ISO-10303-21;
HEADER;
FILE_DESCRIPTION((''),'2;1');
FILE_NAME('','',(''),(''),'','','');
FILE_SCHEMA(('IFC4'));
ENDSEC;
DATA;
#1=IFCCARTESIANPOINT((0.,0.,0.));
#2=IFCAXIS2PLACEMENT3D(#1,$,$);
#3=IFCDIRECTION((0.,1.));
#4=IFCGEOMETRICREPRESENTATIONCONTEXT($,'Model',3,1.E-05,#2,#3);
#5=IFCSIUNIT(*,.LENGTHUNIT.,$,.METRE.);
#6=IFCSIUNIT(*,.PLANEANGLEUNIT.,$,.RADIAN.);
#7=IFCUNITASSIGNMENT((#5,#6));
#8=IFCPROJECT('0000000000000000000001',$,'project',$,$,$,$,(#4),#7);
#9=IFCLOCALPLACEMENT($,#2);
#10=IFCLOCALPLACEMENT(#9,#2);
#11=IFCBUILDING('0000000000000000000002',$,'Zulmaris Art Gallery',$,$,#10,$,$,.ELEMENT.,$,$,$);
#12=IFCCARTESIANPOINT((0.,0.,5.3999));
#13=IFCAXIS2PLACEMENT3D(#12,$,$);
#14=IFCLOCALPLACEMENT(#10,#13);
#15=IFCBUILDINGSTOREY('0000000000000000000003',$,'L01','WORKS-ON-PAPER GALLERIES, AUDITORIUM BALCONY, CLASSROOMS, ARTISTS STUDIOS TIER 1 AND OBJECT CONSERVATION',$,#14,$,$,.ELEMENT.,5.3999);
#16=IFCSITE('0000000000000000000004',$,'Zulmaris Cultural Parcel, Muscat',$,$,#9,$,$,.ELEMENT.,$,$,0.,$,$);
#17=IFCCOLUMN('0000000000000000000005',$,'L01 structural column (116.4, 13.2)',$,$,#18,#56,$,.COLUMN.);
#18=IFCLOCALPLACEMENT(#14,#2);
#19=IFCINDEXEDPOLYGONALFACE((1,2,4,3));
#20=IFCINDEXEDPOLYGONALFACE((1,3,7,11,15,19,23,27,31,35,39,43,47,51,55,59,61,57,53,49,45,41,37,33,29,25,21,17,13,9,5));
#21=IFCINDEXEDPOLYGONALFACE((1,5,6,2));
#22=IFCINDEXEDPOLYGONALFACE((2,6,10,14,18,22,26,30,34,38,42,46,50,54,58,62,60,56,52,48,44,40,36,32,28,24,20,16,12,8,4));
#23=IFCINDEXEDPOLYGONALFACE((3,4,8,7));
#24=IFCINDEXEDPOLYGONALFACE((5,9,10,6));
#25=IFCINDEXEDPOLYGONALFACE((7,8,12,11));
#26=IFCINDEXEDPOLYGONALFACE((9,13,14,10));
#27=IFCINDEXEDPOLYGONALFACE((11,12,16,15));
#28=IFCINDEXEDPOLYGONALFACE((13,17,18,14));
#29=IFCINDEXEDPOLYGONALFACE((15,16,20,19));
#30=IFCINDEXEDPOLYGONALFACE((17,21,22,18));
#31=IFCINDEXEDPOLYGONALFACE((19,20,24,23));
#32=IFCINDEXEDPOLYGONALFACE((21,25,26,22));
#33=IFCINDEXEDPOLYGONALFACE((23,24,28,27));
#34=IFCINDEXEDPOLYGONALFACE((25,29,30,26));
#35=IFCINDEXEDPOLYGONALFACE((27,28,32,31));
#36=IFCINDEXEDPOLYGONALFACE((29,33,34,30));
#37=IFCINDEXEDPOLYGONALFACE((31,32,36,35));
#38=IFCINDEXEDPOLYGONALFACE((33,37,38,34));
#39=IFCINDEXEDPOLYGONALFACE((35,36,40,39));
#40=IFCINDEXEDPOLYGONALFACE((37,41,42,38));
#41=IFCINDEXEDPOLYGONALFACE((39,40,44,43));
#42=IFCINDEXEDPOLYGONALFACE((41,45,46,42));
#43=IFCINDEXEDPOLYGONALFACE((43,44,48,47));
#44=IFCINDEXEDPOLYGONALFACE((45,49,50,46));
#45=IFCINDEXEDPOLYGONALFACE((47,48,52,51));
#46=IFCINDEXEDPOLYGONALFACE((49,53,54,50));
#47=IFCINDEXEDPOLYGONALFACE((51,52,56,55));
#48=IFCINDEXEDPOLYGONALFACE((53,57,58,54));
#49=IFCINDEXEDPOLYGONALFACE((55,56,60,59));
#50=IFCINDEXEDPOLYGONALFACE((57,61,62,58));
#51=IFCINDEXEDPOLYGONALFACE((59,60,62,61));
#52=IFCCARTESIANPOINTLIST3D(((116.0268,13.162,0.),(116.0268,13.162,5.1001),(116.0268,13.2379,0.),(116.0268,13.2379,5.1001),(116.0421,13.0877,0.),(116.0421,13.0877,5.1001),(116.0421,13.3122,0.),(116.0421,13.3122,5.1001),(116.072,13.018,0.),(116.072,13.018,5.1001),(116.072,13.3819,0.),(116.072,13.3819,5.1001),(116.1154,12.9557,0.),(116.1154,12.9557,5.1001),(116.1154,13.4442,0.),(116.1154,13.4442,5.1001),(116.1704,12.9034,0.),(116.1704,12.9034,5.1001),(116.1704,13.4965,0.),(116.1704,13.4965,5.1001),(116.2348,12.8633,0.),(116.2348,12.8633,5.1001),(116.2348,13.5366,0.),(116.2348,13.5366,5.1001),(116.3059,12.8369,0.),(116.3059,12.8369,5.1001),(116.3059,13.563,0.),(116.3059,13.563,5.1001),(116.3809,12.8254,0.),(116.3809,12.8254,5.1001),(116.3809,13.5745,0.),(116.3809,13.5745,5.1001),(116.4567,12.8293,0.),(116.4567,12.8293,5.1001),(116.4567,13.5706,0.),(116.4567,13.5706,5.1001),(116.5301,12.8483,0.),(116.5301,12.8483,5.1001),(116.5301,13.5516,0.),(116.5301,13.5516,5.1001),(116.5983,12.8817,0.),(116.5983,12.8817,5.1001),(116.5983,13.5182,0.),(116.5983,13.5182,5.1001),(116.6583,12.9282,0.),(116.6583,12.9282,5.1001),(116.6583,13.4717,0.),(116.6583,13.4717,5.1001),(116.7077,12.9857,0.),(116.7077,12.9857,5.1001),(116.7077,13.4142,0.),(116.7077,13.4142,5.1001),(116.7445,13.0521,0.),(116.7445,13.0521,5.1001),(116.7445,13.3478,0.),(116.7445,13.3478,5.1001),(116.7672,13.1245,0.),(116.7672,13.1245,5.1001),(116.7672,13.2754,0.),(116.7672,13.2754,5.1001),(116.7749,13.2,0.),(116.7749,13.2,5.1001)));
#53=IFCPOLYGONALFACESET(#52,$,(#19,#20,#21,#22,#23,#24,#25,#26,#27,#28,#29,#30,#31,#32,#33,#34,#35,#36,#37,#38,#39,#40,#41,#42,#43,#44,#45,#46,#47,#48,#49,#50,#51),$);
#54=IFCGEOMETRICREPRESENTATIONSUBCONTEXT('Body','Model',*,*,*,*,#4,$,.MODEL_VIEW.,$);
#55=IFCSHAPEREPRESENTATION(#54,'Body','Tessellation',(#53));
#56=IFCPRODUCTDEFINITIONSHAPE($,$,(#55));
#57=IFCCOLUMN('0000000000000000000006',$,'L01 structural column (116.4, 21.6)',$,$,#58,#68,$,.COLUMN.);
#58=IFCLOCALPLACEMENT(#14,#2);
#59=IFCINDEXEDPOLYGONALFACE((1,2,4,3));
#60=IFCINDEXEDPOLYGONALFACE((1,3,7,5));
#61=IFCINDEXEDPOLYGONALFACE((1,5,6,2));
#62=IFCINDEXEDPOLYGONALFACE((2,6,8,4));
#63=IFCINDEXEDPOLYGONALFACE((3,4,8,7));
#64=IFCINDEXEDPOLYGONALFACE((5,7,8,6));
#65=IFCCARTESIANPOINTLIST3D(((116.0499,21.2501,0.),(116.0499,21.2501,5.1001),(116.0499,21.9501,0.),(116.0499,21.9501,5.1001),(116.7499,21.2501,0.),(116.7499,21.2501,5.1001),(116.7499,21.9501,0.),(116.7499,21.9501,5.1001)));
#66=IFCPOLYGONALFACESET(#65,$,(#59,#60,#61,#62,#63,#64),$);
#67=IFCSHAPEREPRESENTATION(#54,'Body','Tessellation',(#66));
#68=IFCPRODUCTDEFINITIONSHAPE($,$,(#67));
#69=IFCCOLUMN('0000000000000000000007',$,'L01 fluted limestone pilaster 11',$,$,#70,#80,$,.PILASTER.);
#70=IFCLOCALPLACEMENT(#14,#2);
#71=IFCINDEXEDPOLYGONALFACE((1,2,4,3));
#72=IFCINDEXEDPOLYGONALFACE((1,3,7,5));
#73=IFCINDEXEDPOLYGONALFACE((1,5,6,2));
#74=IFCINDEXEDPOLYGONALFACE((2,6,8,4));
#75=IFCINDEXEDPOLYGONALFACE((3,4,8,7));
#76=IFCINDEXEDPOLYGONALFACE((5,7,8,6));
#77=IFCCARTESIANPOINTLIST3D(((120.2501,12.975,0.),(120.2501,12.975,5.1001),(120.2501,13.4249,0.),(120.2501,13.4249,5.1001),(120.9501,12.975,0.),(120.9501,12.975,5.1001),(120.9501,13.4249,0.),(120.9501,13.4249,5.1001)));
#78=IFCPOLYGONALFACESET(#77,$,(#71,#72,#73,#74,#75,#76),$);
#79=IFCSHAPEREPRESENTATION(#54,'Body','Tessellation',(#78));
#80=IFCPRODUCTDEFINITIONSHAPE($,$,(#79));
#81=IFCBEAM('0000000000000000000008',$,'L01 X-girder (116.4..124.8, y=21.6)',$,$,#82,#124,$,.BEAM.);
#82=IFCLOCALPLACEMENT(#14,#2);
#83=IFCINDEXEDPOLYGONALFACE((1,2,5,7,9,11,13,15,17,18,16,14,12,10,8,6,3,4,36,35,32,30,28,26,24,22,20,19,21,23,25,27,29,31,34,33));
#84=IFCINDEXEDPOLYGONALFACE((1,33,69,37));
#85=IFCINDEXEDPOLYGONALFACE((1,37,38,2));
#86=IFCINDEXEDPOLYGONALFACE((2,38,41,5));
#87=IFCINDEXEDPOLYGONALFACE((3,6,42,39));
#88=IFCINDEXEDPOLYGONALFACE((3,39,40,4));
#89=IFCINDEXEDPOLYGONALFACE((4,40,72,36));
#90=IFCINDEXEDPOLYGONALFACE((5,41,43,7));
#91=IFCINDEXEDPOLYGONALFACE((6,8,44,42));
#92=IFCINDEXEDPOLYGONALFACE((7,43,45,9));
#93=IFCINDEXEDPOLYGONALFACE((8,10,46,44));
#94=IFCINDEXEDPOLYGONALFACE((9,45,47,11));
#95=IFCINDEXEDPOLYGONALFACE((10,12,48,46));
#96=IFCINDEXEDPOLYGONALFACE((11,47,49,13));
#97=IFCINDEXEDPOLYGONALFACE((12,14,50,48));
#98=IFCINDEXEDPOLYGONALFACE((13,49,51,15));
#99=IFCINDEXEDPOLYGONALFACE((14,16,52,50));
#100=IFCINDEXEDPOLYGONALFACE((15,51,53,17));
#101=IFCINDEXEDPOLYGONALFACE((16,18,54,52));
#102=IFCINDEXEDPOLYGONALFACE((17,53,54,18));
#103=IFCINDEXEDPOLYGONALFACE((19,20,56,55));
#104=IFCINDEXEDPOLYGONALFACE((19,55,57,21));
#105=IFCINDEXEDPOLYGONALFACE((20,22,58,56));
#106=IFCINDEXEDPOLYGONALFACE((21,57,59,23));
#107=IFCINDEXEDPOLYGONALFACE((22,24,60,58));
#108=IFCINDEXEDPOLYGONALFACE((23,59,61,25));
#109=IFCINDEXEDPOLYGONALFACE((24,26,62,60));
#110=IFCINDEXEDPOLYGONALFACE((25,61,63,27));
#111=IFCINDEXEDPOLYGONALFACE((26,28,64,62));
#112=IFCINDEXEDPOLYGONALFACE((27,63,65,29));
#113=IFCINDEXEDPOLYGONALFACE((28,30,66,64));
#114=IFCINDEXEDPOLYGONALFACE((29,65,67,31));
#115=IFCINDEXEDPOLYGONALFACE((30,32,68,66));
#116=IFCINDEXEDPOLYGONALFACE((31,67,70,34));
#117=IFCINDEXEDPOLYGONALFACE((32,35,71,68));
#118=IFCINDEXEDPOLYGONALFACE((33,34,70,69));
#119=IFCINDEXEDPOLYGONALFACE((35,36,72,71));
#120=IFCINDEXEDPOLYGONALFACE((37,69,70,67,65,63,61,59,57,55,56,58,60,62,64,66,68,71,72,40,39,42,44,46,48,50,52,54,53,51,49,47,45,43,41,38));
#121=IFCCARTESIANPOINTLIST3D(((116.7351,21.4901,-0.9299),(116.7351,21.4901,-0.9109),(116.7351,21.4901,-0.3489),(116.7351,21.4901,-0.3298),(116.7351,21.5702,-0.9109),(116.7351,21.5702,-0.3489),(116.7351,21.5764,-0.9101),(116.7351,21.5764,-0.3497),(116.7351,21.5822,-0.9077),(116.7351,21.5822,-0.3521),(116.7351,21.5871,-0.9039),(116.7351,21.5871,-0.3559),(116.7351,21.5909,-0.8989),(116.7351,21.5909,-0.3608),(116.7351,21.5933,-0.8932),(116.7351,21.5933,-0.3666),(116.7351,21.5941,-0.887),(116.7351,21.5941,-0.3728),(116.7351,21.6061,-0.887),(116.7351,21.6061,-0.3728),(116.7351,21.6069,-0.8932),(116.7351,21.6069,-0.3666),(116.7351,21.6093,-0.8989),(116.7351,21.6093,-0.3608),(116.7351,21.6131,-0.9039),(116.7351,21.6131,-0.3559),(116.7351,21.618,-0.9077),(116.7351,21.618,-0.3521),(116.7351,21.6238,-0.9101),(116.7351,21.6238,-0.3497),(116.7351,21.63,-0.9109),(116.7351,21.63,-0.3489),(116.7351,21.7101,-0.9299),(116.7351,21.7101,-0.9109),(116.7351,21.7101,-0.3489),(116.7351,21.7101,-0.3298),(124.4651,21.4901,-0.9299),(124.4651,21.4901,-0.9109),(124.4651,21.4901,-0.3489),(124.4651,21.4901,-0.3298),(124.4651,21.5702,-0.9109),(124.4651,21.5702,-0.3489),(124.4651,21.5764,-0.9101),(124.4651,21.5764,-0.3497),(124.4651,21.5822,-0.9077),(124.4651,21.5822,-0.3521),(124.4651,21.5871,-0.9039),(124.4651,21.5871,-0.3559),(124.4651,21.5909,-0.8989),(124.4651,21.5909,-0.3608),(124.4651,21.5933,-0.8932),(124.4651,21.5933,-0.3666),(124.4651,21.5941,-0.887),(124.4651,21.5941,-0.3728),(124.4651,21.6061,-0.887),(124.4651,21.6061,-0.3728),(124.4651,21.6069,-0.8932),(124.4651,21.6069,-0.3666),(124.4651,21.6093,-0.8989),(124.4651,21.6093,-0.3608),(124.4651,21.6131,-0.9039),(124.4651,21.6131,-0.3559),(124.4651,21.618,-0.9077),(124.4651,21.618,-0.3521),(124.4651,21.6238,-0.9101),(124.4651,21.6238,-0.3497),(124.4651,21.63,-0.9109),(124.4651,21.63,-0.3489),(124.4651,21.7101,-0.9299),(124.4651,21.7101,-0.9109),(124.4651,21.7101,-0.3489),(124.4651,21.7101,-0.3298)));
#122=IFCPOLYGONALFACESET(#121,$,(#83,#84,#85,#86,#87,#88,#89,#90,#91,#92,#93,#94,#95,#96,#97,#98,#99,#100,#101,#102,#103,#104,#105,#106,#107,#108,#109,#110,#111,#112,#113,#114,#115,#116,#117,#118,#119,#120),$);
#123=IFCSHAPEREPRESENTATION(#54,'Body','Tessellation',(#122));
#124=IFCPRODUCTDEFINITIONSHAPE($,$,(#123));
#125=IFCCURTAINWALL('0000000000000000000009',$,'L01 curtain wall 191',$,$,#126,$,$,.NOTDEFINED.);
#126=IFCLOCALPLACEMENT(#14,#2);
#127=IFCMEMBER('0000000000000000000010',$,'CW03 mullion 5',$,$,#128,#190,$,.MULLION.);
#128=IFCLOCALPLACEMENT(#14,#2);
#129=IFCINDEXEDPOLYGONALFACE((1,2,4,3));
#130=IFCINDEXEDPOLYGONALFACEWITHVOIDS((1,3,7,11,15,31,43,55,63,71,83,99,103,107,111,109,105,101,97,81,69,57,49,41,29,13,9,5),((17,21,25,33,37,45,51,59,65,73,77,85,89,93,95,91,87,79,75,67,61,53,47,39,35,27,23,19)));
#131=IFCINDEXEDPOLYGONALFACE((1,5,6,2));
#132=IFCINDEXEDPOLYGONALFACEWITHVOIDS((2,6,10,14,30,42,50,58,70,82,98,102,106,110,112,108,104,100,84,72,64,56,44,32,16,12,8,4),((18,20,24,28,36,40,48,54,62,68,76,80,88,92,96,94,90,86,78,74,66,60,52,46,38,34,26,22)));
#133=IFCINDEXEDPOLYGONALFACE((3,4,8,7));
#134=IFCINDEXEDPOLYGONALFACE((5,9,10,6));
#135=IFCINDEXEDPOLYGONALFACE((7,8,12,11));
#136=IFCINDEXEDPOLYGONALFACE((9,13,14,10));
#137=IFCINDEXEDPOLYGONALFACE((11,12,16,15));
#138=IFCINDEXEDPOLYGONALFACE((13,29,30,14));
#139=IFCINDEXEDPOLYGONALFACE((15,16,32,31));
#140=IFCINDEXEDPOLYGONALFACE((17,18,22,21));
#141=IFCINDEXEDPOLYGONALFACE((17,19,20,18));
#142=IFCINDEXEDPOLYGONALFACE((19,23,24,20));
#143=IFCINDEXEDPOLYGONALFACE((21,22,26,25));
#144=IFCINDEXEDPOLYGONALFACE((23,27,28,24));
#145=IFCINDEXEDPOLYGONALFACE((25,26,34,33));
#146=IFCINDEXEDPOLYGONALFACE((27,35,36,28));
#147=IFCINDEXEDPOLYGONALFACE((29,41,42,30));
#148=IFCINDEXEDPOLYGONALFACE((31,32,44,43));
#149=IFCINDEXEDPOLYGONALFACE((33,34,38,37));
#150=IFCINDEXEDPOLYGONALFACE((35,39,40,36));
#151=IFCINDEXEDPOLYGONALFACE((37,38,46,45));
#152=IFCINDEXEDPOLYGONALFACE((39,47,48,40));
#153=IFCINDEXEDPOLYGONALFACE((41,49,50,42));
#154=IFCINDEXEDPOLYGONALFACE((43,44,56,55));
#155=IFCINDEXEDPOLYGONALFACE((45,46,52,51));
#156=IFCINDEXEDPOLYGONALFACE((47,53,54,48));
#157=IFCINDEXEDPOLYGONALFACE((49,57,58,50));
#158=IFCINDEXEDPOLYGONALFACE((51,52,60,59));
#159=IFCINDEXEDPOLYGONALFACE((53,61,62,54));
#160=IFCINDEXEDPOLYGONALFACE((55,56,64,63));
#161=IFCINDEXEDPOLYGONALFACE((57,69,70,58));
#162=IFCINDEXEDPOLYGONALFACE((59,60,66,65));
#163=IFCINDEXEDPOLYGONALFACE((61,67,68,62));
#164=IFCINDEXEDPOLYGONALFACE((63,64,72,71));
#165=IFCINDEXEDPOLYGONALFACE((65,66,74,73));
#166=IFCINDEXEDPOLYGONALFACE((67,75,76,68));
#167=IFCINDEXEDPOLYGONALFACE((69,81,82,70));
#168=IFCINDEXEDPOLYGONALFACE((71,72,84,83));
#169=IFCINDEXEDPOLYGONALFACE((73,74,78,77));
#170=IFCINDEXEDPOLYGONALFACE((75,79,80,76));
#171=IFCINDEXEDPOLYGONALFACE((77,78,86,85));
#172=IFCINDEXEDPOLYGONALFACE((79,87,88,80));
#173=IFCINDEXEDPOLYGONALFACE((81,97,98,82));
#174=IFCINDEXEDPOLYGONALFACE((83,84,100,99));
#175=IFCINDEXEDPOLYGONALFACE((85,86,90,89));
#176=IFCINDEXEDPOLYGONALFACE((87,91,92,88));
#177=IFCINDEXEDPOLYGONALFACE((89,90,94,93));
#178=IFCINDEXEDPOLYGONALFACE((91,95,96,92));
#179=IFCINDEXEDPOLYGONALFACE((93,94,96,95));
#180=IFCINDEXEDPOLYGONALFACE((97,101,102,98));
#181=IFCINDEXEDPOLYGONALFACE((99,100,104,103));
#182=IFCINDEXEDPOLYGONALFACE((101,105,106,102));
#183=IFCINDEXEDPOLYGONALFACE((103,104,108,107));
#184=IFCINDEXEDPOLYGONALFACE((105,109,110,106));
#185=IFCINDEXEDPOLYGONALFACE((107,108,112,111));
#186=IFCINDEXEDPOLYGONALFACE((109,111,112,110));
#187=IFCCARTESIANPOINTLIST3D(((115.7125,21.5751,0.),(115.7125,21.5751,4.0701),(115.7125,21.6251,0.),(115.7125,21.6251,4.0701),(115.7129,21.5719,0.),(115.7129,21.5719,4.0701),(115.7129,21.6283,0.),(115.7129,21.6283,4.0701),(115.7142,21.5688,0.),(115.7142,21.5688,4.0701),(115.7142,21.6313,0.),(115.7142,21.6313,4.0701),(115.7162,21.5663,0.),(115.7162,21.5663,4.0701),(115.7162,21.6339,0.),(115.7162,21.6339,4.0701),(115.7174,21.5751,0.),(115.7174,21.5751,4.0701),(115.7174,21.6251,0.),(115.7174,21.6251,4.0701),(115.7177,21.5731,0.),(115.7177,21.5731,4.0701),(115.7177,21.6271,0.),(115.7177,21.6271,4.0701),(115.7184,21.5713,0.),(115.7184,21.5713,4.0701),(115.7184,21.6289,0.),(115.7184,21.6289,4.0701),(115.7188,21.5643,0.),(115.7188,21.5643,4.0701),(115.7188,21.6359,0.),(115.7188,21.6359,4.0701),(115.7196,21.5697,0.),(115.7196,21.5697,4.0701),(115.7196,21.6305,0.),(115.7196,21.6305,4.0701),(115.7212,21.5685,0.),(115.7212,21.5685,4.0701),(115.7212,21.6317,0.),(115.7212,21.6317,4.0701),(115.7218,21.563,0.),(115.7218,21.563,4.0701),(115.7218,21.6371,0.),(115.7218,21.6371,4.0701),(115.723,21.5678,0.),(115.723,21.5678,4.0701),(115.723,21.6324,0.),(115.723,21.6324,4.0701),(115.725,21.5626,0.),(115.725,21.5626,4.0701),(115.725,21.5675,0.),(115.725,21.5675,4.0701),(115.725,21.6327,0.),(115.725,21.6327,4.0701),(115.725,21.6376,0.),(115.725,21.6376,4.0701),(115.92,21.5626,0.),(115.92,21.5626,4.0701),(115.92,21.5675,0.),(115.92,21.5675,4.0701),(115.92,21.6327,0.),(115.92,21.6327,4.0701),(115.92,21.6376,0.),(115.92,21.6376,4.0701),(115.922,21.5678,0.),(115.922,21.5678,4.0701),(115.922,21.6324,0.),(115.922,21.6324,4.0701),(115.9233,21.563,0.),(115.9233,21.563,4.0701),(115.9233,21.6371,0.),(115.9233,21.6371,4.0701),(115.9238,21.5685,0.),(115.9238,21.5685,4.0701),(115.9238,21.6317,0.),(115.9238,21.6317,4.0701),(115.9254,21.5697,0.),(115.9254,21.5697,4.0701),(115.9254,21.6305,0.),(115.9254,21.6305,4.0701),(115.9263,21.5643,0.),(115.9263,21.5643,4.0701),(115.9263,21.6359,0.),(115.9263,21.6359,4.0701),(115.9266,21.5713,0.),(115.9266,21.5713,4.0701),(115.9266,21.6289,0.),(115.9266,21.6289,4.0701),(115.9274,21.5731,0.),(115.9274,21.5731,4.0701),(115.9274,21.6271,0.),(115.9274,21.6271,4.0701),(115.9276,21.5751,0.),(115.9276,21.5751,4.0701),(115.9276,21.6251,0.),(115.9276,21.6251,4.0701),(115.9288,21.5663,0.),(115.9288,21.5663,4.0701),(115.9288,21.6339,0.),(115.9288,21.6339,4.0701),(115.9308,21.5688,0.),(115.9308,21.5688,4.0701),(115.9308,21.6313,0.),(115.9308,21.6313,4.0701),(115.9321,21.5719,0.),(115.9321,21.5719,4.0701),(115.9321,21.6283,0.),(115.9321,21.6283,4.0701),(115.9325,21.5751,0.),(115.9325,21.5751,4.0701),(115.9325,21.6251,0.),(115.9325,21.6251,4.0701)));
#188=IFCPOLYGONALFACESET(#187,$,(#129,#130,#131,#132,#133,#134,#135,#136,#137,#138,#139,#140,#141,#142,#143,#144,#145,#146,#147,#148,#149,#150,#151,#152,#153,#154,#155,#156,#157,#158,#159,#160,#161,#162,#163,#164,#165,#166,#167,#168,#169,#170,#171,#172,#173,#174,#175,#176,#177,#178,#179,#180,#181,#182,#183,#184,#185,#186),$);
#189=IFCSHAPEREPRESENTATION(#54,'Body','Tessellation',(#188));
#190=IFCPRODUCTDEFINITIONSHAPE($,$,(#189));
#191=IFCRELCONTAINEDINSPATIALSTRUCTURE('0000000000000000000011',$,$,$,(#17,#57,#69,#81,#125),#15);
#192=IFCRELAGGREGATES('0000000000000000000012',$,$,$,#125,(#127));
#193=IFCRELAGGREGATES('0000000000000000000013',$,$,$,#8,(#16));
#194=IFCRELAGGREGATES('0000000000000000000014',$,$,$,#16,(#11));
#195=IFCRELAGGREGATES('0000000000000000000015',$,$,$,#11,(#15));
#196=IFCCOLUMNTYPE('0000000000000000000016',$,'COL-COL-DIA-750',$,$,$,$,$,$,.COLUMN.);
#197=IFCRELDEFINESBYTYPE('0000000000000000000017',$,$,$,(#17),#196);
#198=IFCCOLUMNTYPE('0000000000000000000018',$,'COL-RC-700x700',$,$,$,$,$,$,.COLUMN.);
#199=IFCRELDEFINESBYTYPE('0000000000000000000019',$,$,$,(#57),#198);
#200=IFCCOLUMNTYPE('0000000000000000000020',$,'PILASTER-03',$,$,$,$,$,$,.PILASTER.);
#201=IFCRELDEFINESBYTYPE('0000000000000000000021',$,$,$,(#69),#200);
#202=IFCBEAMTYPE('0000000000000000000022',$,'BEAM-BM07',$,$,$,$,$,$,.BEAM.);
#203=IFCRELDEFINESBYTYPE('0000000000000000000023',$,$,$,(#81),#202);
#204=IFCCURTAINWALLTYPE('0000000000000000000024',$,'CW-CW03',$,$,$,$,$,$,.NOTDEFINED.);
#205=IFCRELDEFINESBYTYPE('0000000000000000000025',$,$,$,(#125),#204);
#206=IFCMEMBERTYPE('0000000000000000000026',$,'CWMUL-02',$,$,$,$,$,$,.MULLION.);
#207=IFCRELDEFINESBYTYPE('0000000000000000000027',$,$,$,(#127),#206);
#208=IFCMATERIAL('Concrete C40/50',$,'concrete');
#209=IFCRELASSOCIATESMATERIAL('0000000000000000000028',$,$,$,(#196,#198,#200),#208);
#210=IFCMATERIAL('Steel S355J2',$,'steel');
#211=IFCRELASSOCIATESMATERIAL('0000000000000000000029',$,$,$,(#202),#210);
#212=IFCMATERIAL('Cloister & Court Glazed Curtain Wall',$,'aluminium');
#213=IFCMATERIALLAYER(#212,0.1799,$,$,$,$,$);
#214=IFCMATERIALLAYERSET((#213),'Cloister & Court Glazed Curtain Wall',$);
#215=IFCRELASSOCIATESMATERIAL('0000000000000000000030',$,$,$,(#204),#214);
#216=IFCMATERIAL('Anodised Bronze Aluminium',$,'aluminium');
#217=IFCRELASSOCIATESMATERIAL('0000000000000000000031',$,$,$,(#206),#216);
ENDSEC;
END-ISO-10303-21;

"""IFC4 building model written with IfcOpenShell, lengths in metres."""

from ifc_helpers import new_model, si_unit, direction, frame, origin, origin_2d, place, context, subcontext, project, spatial, rectangle, hollow_rectangle, circle, i_section, extrude, material, layer, layer_set, material_profile, profile_set, type_object, element, aggregate, save


model = new_model("IFC4")

# Units and contexts
model_context = context("Model", 3, precision=1e-05, world=origin(), true_north=direction((0.0, 1.0)))
body_context = subcontext(model_context, "Body", "Model", "MODEL_VIEW")
ifc_project = project(units=[si_unit("LENGTHUNIT", "METRE"), si_unit("PLANEANGLEUNIT", "RADIAN")], contexts=[model_context])

# Site, building, storey
site_placement = place(None, origin())
site = spatial("IfcSite", under=ifc_project, at=site_placement, Name="Zulmaris Cultural Parcel, Muscat", CompositionType="ELEMENT", RefElevation=0.0)
building_placement = place(site_placement, origin())
building = spatial("IfcBuilding", under=site, at=building_placement, Name="Zulmaris Art Gallery", CompositionType="ELEMENT")
storey_placement = place(building_placement, frame((0.0, 0.0, 5.3999)))
storey = spatial("IfcBuildingStorey", under=building, at=storey_placement, Name="L01", Description="WORKS-ON-PAPER GALLERIES, AUDITORIUM BALCONY, CLASSROOMS, ARTISTS STUDIOS TIER 1 AND OBJECT CONSERVATION", CompositionType="ELEMENT", Elevation=5.3999)

# Columns
ifc_material_1 = material(Name="Concrete C40/50", Category="concrete")
ifc_material_profile_1 = material_profile(ifc_material_1, circle(Radius=0.375, at=origin_2d()), Name="COL DIA 750")
ifc_profile_set_1 = profile_set([ifc_material_profile_1], Name="Concrete C40/50")
column_type_1 = type_object("IfcColumnType", Name="COL-COL-DIA-750", PredefinedType="COLUMN", material=ifc_profile_set_1)
column_1_placement = place(storey_placement, frame((116.3999, 13.2, 0.0), z_axis=(0.0, 0.0, 1.0), x_axis=(1.0, 0.0, 0.0)))
element("IfcColumn", 1, at=column_1_placement, inside=storey, type_object=column_type_1, Name="L01 structural column (116.4, 13.2)", PredefinedType="COLUMN", context=body_context, shape_type="SweptSolid", body=[
    extrude(circle(Radius=0.375, at=origin_2d()), origin(), (0.0, 0.0, 1.0), 5.1001),
])
ifc_material_profile_2 = material_profile(ifc_material_1, rectangle(XDim=0.7, YDim=0.7, at=origin_2d()), Name="RC 700x700")
ifc_profile_set_2 = profile_set([ifc_material_profile_2], Name="Concrete C40/50")
column_type_2 = type_object("IfcColumnType", Name="COL-RC-700x700", PredefinedType="COLUMN", material=ifc_profile_set_2)
column_2_placement = place(storey_placement, frame((116.3999, 21.6001, 0.0), z_axis=(0.0, 0.0, 1.0), x_axis=(1.0, 0.0, 0.0)))
element("IfcColumn", 2, at=column_2_placement, inside=storey, type_object=column_type_2, Name="L01 structural column (116.4, 21.6)", PredefinedType="COLUMN", context=body_context, shape_type="SweptSolid", body=[
    extrude(rectangle(XDim=0.7, YDim=0.7, at=origin_2d()), origin(), (0.0, 0.0, 1.0), 5.1001),
])
ifc_material_profile_3 = material_profile(ifc_material_1, rectangle(XDim=0.7, YDim=0.45, at=origin_2d()), Name="PIL 700x450")
ifc_profile_set_3 = profile_set([ifc_material_profile_3], Name="Concrete C40/50")
column_type_3 = type_object("IfcColumnType", Name="PILASTER-03", PredefinedType="PILASTER", material=ifc_profile_set_3)
column_3_placement = place(storey_placement, frame((120.6001, 13.2, 0.0), z_axis=(0.0, 0.0, 1.0), x_axis=(1.0, 0.0, 0.0)))
element("IfcColumn", 3, at=column_3_placement, inside=storey, type_object=column_type_3, Name="L01 fluted limestone pilaster 11", PredefinedType="PILASTER", context=body_context, shape_type="SweptSolid", body=[
    extrude(rectangle(XDim=0.7, YDim=0.45, at=origin_2d()), origin(), (0.0, 0.0, 1.0), 5.1001),
])

# Beam
ifc_material_2 = material(Name="Steel S355J2", Category="steel")
ifc_material_profile_4 = material_profile(ifc_material_2, i_section(OverallWidth=0.22, OverallDepth=0.6001, WebThickness=0.012, FlangeThickness=0.019, FilletRadius=0.0239, at=origin_2d()), Name="IPE 600")
ifc_profile_set_4 = profile_set([ifc_material_profile_4], Name="Steel S355J2")
beam_type = type_object("IfcBeamType", Name="BEAM-BM07", PredefinedType="BEAM", material=ifc_profile_set_4)
beam_placement = place(storey_placement, frame((116.7351, 21.6001, -0.6299), z_axis=(1.0, 0.0, 0.0), x_axis=(0.0, 1.0, 0.0)))
element("IfcBeam", 4, at=beam_placement, inside=storey, type_object=beam_type, Name="L01 X-girder (116.4..124.8, y=21.6)", PredefinedType="BEAM", context=body_context, shape_type="SweptSolid", body=[
    extrude(i_section(OverallWidth=0.22, OverallDepth=0.6001, WebThickness=0.012, FlangeThickness=0.019, FilletRadius=0.0239, at=origin_2d()), origin(), (0.0, 0.0, 1.0), 7.73),
])

# Curtain wall, member
ifc_material_3 = material(Name="Cloister & Court Glazed Curtain Wall", Category="aluminium")
ifc_layer_1 = layer(ifc_material_3, 0.1799)
ifc_layer_set_1 = layer_set([ifc_layer_1], Name="Cloister & Court Glazed Curtain Wall")
curtain_wall_type = type_object("IfcCurtainWallType", Name="CW-CW03", PredefinedType="NOTDEFINED", material=ifc_layer_set_1)
curtain_wall_1_placement = place(storey_placement, origin())
curtain_wall_1 = element("IfcCurtainWall", 5, at=curtain_wall_1_placement, inside=storey, type_object=curtain_wall_type, Name="L01 curtain wall 191", PredefinedType="NOTDEFINED")
ifc_material_4 = material(Name="Anodised Bronze Aluminium", Category="aluminium")
ifc_material_profile_5 = material_profile(ifc_material_4, hollow_rectangle(XDim=0.075, YDim=0.22, WallThickness=0.0049, InnerFilletRadius=0.0076, OuterFilletRadius=0.0125, at=origin_2d()), Name="ALU 75x220x5")
ifc_profile_set_5 = profile_set([ifc_material_profile_5], Name="Anodised Bronze Aluminium")
member_type_1 = type_object("IfcMemberType", Name="CWMUL-02", PredefinedType="MULLION", material=ifc_profile_set_5)
member_1_placement = place(storey_placement, frame((115.8225, 21.6001, 0.0), z_axis=(0.0, 0.0, 1.0), x_axis=(0.0, 1.0, 0.0)))
member_1 = element("IfcMember", 6, at=member_1_placement, type_object=member_type_1, Name="CW03 mullion 5", PredefinedType="MULLION", context=body_context, shape_type="SweptSolid", body=[
    extrude(hollow_rectangle(XDim=0.075, YDim=0.22, WallThickness=0.0049, InnerFilletRadius=0.0076, OuterFilletRadius=0.0125, at=origin_2d()), origin(), (0.0, 0.0, 1.0), 4.0701),
])

aggregate(curtain_wall_1, [member_1])

save(model, "model.ifc")
